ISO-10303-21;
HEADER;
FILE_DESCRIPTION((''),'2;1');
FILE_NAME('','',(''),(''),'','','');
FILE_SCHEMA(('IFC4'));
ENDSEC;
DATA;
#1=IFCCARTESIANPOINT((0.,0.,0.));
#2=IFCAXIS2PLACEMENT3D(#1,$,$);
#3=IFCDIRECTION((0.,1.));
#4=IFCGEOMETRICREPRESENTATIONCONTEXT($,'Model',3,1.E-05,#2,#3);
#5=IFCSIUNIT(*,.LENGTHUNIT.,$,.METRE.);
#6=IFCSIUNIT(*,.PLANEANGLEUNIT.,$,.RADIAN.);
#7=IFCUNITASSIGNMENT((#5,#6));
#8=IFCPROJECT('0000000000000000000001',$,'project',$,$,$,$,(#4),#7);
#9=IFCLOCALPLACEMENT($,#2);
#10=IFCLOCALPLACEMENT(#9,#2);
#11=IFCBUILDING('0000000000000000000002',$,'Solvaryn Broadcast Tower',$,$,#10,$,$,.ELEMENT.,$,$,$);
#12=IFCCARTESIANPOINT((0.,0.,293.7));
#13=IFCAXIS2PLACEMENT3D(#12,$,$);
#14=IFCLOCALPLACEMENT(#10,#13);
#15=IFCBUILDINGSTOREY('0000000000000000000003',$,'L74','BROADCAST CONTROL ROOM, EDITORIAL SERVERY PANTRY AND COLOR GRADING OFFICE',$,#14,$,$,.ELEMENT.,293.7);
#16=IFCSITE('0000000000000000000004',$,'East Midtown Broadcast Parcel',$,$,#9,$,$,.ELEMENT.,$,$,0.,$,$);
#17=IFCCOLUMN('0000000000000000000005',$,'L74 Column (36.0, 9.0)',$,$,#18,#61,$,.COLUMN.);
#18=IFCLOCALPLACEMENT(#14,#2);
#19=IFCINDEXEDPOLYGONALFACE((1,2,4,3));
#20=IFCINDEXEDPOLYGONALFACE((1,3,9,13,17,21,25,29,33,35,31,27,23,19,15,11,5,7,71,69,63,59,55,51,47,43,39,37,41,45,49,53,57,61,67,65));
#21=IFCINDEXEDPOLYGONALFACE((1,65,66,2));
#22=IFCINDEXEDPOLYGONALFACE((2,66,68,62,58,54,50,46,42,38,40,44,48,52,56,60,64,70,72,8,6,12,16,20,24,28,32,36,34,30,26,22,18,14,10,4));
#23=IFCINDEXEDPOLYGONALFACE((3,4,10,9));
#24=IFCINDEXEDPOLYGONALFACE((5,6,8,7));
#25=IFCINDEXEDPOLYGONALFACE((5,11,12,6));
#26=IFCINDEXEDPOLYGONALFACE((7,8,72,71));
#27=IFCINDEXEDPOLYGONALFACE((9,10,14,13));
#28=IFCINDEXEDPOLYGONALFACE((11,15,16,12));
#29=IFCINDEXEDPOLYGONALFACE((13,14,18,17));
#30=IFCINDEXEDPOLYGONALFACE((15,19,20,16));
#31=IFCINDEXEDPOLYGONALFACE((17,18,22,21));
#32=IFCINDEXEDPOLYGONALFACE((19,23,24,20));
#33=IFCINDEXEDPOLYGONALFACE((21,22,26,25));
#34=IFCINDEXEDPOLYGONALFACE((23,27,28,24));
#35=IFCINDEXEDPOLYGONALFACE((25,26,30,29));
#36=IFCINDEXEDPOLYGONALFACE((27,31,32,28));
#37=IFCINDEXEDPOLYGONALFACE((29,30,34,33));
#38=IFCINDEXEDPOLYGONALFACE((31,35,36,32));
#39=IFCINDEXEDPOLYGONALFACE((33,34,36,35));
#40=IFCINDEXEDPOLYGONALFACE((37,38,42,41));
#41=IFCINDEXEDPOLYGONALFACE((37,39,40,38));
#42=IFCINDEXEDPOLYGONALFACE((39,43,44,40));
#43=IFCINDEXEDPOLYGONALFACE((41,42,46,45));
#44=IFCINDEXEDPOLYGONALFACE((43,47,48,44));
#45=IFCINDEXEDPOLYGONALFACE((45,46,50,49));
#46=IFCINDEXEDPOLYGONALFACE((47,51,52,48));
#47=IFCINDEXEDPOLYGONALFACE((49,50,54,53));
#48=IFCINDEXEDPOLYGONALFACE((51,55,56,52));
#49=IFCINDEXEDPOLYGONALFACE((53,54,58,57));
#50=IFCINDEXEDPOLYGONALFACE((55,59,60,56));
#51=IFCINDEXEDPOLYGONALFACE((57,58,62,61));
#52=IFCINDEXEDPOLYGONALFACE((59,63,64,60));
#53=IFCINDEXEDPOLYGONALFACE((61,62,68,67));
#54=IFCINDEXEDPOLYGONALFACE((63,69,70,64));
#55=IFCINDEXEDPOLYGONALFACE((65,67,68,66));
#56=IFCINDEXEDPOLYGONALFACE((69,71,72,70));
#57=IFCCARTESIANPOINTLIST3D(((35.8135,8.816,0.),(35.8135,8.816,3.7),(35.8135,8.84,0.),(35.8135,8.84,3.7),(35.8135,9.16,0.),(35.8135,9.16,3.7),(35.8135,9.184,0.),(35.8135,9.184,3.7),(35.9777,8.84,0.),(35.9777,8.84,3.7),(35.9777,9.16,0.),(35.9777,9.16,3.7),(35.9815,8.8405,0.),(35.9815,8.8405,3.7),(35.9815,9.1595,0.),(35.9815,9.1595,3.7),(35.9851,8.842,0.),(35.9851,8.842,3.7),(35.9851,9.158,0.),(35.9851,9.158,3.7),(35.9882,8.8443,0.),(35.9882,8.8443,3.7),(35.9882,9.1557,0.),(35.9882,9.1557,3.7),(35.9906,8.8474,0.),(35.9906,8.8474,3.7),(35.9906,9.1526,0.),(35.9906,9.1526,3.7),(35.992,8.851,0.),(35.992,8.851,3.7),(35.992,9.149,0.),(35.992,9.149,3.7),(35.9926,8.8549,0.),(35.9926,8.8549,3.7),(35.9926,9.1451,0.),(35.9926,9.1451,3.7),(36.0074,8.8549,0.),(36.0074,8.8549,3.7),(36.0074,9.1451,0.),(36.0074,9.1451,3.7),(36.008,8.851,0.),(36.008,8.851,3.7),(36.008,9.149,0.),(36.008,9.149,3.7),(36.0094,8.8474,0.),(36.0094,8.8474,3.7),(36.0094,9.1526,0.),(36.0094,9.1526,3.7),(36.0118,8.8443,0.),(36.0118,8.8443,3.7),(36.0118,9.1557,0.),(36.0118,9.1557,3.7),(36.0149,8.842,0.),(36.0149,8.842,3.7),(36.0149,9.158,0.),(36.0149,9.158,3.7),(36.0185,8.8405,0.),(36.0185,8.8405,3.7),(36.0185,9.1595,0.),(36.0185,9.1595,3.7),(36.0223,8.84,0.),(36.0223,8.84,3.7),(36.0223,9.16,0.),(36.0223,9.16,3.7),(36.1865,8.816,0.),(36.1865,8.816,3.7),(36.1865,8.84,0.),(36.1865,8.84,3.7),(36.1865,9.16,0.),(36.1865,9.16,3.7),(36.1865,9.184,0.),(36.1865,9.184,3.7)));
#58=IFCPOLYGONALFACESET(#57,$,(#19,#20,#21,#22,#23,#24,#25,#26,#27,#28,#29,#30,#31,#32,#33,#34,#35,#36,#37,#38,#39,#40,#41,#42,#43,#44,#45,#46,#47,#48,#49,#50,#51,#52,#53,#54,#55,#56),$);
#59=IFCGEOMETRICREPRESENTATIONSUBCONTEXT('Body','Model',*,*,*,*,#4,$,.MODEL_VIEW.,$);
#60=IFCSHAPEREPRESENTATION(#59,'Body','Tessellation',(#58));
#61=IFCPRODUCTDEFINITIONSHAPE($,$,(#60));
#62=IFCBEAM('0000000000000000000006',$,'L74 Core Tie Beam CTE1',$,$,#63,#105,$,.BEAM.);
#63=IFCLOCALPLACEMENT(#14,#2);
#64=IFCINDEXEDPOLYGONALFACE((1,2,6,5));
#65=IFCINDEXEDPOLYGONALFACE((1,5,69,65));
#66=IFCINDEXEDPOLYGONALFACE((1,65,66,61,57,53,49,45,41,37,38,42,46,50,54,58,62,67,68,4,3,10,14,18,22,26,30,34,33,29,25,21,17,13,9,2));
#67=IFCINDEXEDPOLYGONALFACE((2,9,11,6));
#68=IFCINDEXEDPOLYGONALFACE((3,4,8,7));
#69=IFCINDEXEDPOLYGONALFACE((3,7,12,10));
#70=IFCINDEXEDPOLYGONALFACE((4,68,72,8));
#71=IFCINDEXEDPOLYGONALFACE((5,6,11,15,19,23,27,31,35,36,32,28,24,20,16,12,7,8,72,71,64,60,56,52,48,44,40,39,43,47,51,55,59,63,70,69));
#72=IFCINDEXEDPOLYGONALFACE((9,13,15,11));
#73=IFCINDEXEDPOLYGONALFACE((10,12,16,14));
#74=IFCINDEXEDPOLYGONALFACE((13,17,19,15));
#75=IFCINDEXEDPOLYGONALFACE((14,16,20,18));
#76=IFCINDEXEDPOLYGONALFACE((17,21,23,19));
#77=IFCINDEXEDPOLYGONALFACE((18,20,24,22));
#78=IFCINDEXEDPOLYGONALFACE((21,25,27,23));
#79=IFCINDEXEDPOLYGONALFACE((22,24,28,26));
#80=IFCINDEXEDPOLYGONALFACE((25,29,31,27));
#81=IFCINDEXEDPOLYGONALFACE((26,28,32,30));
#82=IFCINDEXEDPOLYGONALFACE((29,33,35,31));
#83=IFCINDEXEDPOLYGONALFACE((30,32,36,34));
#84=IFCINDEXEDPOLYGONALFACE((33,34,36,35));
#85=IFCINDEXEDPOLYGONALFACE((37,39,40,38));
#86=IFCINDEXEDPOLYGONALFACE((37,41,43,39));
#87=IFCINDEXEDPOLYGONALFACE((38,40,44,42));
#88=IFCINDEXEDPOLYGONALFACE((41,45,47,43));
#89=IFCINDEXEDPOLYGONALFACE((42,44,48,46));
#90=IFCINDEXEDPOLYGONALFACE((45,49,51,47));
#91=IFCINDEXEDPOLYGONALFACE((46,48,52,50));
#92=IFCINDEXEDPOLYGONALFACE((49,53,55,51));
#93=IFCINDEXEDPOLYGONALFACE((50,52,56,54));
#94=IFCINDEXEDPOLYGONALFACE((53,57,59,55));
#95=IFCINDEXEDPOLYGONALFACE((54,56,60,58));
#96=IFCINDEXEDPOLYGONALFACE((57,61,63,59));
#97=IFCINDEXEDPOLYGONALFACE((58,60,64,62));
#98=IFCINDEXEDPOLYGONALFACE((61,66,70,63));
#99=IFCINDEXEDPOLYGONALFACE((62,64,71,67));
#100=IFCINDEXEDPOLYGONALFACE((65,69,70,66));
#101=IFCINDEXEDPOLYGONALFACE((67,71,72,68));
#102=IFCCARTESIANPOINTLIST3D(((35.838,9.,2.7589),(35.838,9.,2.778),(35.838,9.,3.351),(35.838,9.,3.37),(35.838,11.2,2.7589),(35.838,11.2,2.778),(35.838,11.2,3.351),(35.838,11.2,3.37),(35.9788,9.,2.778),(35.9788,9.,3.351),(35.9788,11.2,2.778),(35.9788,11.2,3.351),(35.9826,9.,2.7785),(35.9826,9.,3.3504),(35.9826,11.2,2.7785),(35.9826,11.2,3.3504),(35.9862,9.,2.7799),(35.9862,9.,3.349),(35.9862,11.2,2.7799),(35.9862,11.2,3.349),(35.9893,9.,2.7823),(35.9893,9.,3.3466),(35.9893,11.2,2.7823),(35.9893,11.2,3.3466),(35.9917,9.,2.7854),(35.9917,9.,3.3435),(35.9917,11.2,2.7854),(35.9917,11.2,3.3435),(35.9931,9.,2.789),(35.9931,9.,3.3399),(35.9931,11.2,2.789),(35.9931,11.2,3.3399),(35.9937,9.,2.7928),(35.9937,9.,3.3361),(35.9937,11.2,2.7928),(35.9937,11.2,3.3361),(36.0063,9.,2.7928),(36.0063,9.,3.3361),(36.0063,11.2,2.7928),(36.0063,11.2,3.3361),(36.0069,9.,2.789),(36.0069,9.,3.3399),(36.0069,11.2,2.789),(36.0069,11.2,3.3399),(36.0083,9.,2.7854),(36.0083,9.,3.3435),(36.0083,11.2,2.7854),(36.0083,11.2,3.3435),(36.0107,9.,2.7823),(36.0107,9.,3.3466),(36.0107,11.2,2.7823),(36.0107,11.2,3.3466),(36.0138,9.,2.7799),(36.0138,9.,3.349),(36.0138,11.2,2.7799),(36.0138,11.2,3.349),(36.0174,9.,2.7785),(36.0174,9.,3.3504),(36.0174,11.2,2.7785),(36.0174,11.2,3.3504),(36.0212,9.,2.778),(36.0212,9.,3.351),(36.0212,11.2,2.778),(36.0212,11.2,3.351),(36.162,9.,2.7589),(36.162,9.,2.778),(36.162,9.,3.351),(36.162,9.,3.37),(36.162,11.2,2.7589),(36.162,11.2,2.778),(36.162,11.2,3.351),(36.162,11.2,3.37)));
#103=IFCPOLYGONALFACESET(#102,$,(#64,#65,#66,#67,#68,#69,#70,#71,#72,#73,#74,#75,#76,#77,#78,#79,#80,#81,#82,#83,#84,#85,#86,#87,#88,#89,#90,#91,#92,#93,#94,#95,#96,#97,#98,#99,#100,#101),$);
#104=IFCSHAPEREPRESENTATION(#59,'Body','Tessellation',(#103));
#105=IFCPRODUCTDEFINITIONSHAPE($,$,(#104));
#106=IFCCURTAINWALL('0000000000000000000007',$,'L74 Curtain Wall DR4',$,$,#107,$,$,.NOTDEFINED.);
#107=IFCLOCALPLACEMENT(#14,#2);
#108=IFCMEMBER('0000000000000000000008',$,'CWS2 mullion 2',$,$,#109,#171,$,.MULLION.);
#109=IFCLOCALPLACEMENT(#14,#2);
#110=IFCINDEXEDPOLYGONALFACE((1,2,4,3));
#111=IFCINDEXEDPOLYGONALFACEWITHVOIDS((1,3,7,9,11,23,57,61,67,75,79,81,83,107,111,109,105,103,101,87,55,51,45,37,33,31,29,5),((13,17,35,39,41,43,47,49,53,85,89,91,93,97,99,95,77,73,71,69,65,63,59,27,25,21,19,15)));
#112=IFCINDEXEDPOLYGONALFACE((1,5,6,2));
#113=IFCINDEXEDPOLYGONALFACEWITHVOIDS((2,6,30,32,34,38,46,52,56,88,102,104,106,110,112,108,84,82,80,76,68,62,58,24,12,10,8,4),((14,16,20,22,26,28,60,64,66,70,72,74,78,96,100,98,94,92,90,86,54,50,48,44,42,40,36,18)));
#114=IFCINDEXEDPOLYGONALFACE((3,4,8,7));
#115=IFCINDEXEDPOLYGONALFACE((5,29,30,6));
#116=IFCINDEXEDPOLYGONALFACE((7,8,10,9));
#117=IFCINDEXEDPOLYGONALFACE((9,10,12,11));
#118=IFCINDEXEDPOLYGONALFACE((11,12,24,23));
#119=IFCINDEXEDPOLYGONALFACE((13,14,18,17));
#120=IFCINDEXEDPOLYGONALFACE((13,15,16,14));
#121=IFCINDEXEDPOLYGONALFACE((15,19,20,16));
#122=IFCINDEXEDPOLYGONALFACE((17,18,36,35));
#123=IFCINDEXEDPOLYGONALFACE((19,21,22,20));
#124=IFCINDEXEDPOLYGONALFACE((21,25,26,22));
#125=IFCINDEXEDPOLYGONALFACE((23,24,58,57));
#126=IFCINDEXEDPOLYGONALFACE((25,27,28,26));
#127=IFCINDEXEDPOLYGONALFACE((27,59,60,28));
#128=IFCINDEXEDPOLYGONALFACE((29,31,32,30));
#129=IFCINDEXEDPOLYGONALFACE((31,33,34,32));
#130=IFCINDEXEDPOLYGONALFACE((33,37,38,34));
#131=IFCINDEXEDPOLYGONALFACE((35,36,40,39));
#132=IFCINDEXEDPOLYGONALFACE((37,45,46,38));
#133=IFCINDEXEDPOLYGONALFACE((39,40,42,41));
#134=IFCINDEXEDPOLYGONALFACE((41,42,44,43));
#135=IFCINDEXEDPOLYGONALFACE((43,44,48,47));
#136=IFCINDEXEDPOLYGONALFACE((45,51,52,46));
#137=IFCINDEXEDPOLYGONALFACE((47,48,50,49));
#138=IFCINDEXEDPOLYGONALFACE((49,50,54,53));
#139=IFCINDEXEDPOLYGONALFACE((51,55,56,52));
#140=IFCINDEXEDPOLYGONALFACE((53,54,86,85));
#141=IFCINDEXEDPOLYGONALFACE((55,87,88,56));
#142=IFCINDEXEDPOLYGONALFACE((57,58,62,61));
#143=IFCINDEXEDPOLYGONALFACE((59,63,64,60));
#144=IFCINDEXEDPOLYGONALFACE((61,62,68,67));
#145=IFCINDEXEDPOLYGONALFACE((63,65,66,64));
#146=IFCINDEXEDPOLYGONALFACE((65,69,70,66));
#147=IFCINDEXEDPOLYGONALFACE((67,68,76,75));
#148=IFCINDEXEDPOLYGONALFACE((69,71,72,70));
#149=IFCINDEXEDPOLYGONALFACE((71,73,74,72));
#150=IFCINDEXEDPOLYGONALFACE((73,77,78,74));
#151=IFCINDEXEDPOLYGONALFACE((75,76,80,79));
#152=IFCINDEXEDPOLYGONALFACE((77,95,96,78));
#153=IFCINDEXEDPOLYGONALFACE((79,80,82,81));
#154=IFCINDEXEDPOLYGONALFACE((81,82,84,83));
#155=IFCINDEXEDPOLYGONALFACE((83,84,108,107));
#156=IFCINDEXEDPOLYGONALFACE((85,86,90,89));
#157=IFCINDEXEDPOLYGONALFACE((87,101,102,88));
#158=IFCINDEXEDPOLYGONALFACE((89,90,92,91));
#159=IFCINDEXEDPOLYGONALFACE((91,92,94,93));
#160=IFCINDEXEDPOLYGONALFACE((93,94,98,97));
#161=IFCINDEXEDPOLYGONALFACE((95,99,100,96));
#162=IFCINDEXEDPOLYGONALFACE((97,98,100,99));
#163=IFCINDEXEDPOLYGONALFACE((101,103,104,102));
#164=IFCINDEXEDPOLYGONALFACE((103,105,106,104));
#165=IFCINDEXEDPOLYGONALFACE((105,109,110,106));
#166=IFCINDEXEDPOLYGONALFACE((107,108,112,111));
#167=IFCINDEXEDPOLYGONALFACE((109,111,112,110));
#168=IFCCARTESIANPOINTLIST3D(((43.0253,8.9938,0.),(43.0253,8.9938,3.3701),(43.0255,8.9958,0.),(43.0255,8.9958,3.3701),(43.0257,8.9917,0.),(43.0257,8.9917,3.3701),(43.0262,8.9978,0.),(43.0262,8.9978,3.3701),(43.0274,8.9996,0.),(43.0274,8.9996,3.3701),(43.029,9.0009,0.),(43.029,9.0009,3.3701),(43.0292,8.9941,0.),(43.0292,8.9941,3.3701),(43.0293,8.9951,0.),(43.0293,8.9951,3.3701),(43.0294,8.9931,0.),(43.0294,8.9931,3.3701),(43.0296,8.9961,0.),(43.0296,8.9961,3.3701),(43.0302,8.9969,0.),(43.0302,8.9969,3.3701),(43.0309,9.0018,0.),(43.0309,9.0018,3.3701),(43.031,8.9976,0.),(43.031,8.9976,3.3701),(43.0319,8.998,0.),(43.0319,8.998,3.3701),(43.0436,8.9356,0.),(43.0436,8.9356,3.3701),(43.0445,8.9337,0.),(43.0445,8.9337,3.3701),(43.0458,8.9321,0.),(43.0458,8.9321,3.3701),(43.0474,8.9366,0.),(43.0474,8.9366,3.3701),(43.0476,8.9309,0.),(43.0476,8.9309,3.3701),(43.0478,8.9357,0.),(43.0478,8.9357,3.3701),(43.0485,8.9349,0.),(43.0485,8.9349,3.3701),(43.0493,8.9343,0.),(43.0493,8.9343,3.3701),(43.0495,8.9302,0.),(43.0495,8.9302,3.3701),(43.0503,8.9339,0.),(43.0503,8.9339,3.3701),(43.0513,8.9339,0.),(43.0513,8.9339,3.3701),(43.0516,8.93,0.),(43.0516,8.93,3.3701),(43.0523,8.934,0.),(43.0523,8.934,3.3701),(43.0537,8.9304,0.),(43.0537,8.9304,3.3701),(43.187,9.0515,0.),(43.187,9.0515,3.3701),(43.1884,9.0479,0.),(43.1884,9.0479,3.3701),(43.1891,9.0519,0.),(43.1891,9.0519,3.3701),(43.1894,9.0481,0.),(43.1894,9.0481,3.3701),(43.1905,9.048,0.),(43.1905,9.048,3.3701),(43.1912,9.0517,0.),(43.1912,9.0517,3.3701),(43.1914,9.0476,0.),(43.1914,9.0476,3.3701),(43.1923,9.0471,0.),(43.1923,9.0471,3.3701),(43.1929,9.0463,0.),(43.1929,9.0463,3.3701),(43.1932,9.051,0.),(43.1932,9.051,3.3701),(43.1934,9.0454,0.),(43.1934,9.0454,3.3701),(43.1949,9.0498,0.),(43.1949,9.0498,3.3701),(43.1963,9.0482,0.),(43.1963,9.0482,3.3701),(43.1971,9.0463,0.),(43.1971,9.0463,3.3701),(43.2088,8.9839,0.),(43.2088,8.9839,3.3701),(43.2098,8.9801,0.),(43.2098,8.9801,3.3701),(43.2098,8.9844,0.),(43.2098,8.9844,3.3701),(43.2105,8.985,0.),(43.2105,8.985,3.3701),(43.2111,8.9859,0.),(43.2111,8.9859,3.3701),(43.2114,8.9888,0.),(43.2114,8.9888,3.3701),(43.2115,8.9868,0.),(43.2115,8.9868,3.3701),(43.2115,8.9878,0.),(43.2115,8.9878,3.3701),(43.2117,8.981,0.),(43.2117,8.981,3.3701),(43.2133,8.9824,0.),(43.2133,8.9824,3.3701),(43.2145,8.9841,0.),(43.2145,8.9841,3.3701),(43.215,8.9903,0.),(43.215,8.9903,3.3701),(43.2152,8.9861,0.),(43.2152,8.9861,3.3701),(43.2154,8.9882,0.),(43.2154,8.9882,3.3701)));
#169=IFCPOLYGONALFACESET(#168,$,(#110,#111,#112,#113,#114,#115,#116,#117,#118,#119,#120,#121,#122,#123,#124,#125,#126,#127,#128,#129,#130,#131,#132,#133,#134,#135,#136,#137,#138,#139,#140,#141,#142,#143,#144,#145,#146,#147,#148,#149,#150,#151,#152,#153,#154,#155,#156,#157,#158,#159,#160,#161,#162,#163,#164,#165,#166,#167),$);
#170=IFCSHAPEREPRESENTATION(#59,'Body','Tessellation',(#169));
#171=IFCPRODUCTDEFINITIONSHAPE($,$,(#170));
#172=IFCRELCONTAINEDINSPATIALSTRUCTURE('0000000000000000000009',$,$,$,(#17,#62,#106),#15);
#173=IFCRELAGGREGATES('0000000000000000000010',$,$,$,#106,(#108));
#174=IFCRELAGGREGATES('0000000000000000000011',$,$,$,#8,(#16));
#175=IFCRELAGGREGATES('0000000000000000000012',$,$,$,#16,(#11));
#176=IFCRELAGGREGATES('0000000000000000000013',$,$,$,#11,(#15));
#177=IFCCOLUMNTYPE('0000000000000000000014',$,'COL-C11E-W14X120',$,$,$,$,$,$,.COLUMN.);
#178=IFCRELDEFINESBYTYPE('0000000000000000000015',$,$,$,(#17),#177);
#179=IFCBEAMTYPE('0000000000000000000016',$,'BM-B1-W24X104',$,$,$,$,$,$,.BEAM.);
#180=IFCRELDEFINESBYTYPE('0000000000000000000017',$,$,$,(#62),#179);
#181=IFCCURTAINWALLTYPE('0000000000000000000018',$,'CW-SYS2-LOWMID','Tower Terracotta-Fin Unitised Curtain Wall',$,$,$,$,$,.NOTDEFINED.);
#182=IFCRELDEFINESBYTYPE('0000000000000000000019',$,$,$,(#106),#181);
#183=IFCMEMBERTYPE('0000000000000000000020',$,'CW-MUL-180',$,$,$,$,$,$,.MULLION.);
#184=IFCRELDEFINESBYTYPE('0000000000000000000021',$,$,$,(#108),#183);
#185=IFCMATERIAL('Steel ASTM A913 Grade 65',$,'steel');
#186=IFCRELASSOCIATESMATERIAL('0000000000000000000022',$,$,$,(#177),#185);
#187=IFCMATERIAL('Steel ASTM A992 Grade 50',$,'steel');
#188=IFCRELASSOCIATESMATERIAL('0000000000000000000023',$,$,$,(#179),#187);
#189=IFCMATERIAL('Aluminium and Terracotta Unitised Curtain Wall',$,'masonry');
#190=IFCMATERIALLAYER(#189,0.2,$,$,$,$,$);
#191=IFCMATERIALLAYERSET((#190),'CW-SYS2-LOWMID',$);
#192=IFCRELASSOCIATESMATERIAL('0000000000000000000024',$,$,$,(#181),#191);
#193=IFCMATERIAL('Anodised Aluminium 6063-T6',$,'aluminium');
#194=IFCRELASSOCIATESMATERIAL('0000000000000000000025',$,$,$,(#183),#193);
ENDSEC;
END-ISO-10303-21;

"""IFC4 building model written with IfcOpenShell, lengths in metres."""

from ifc_helpers import new_model, si_unit, direction, frame, origin, origin_2d, place, context, subcontext, project, spatial, hollow_rectangle, i_section, extrude, material, layer, layer_set, material_profile, profile_set, type_object, element, aggregate, save


model = new_model("IFC4")

# Units and contexts
model_context = context("Model", 3, precision=1e-05, world=origin(), true_north=direction((0.0, 1.0)))
body_context = subcontext(model_context, "Body", "Model", "MODEL_VIEW")
ifc_project = project(units=[si_unit("LENGTHUNIT", "METRE"), si_unit("PLANEANGLEUNIT", "RADIAN")], contexts=[model_context])

# Site, building, storey
site_placement = place(None, origin())
site = spatial("IfcSite", under=ifc_project, at=site_placement, Name="East Midtown Broadcast Parcel", CompositionType="ELEMENT", RefElevation=0.0)
building_placement = place(site_placement, origin())
building = spatial("IfcBuilding", under=site, at=building_placement, Name="Solvaryn Broadcast Tower", CompositionType="ELEMENT")
storey_placement = place(building_placement, frame((0.0, 0.0, 293.7)))
storey = spatial("IfcBuildingStorey", under=building, at=storey_placement, Name="L74", Description="BROADCAST CONTROL ROOM, EDITORIAL SERVERY PANTRY AND COLOR GRADING OFFICE", CompositionType="ELEMENT", Elevation=293.7)

# Column
ifc_material_1 = material(Name="Steel ASTM A913 Grade 65", Category="steel")
ifc_material_profile_1 = material_profile(ifc_material_1, i_section(OverallWidth=0.373, OverallDepth=0.3679, WebThickness=0.0149, FlangeThickness=0.0239, FilletRadius=0.0149, at=origin_2d()))
ifc_profile_set_1 = profile_set([ifc_material_profile_1], Name="Steel ASTM A913 Grade 65")
column_type = type_object("IfcColumnType", Name="COL-C11E-W14X120", PredefinedType="COLUMN", material=ifc_profile_set_1)
column_placement = place(storey_placement, frame((36.0, 9.0, 0.0), z_axis=(0.0, 0.0, 1.0), x_axis=(1.0, 0.0, 0.0)))
element("IfcColumn", 1, at=column_placement, inside=storey, type_object=column_type, Name="L74 Column (36.0, 9.0)", PredefinedType="COLUMN", context=body_context, shape_type="SweptSolid", body=[
    extrude(i_section(OverallWidth=0.373, OverallDepth=0.3679, WebThickness=0.0149, FlangeThickness=0.0239, FilletRadius=0.0149, at=origin_2d()), origin(), (0.0, 0.0, 1.0), 3.7),
])

# Beam
ifc_material_2 = material(Name="Steel ASTM A992 Grade 50", Category="steel")
ifc_material_profile_2 = material_profile(ifc_material_2, i_section(OverallWidth=0.324, OverallDepth=0.6111, WebThickness=0.0127, FlangeThickness=0.019, FilletRadius=0.0149, at=origin_2d()))
ifc_profile_set_2 = profile_set([ifc_material_profile_2], Name="Steel ASTM A992 Grade 50")
beam_type = type_object("IfcBeamType", Name="BM-B1-W24X104", PredefinedType="BEAM", material=ifc_profile_set_2)
beam_placement = place(storey_placement, frame((36.0, 9.0, 3.0645), z_axis=(0.0, 1.0, 0.0), x_axis=(-1.0, 0.0, 0.0)))
element("IfcBeam", 2, at=beam_placement, inside=storey, type_object=beam_type, Name="L74 Core Tie Beam CTE1", PredefinedType="BEAM", context=body_context, shape_type="SweptSolid", body=[
    extrude(i_section(OverallWidth=0.324, OverallDepth=0.6111, WebThickness=0.0127, FlangeThickness=0.019, FilletRadius=0.0149, at=origin_2d()), origin(), (0.0, 0.0, 1.0), 2.2),
])

# Curtain wall, member
ifc_material_3 = material(Name="Aluminium and Terracotta Unitised Curtain Wall", Category="masonry")
ifc_layer_1 = layer(ifc_material_3, 0.2)
ifc_layer_set_1 = layer_set([ifc_layer_1], Name="CW-SYS2-LOWMID")
curtain_wall_type = type_object("IfcCurtainWallType", Name="CW-SYS2-LOWMID", Description="Tower Terracotta-Fin Unitised Curtain Wall", PredefinedType="NOTDEFINED", material=ifc_layer_set_1)
curtain_wall_1_placement = place(storey_placement, origin())
curtain_wall_1 = element("IfcCurtainWall", 3, at=curtain_wall_1_placement, inside=storey, type_object=curtain_wall_type, Name="L74 Curtain Wall DR4", PredefinedType="NOTDEFINED")
ifc_material_4 = material(Name="Anodised Aluminium 6063-T6", Category="aluminium")
ifc_material_profile_3 = material_profile(ifc_material_4, hollow_rectangle(XDim=0.075, YDim=0.1799, WallThickness=0.0039, InnerFilletRadius=0.0039, OuterFilletRadius=0.0081, at=origin_2d()))
ifc_profile_set_3 = profile_set([ifc_material_profile_3], Name="Anodised Aluminium 6063-T6")
member_type_1 = type_object("IfcMemberType", Name="CW-MUL-180", PredefinedType="MULLION", material=ifc_profile_set_3)
member_1_placement = place(storey_placement, frame((43.1204, 8.991, 0.0), z_axis=(0.0, 0.0, 1.0), x_axis=(-0.303616, 0.952795, 0.0)))
member_1 = element("IfcMember", 4, at=member_1_placement, type_object=member_type_1, Name="CWS2 mullion 2", PredefinedType="MULLION", context=body_context, shape_type="SweptSolid", body=[
    extrude(hollow_rectangle(XDim=0.075, YDim=0.1799, WallThickness=0.0039, InnerFilletRadius=0.0039, OuterFilletRadius=0.0081, at=origin_2d()), origin(), (0.0, 0.0, 1.0), 3.3701),
])

aggregate(curtain_wall_1, [member_1])

save(model, "model.ifc")
